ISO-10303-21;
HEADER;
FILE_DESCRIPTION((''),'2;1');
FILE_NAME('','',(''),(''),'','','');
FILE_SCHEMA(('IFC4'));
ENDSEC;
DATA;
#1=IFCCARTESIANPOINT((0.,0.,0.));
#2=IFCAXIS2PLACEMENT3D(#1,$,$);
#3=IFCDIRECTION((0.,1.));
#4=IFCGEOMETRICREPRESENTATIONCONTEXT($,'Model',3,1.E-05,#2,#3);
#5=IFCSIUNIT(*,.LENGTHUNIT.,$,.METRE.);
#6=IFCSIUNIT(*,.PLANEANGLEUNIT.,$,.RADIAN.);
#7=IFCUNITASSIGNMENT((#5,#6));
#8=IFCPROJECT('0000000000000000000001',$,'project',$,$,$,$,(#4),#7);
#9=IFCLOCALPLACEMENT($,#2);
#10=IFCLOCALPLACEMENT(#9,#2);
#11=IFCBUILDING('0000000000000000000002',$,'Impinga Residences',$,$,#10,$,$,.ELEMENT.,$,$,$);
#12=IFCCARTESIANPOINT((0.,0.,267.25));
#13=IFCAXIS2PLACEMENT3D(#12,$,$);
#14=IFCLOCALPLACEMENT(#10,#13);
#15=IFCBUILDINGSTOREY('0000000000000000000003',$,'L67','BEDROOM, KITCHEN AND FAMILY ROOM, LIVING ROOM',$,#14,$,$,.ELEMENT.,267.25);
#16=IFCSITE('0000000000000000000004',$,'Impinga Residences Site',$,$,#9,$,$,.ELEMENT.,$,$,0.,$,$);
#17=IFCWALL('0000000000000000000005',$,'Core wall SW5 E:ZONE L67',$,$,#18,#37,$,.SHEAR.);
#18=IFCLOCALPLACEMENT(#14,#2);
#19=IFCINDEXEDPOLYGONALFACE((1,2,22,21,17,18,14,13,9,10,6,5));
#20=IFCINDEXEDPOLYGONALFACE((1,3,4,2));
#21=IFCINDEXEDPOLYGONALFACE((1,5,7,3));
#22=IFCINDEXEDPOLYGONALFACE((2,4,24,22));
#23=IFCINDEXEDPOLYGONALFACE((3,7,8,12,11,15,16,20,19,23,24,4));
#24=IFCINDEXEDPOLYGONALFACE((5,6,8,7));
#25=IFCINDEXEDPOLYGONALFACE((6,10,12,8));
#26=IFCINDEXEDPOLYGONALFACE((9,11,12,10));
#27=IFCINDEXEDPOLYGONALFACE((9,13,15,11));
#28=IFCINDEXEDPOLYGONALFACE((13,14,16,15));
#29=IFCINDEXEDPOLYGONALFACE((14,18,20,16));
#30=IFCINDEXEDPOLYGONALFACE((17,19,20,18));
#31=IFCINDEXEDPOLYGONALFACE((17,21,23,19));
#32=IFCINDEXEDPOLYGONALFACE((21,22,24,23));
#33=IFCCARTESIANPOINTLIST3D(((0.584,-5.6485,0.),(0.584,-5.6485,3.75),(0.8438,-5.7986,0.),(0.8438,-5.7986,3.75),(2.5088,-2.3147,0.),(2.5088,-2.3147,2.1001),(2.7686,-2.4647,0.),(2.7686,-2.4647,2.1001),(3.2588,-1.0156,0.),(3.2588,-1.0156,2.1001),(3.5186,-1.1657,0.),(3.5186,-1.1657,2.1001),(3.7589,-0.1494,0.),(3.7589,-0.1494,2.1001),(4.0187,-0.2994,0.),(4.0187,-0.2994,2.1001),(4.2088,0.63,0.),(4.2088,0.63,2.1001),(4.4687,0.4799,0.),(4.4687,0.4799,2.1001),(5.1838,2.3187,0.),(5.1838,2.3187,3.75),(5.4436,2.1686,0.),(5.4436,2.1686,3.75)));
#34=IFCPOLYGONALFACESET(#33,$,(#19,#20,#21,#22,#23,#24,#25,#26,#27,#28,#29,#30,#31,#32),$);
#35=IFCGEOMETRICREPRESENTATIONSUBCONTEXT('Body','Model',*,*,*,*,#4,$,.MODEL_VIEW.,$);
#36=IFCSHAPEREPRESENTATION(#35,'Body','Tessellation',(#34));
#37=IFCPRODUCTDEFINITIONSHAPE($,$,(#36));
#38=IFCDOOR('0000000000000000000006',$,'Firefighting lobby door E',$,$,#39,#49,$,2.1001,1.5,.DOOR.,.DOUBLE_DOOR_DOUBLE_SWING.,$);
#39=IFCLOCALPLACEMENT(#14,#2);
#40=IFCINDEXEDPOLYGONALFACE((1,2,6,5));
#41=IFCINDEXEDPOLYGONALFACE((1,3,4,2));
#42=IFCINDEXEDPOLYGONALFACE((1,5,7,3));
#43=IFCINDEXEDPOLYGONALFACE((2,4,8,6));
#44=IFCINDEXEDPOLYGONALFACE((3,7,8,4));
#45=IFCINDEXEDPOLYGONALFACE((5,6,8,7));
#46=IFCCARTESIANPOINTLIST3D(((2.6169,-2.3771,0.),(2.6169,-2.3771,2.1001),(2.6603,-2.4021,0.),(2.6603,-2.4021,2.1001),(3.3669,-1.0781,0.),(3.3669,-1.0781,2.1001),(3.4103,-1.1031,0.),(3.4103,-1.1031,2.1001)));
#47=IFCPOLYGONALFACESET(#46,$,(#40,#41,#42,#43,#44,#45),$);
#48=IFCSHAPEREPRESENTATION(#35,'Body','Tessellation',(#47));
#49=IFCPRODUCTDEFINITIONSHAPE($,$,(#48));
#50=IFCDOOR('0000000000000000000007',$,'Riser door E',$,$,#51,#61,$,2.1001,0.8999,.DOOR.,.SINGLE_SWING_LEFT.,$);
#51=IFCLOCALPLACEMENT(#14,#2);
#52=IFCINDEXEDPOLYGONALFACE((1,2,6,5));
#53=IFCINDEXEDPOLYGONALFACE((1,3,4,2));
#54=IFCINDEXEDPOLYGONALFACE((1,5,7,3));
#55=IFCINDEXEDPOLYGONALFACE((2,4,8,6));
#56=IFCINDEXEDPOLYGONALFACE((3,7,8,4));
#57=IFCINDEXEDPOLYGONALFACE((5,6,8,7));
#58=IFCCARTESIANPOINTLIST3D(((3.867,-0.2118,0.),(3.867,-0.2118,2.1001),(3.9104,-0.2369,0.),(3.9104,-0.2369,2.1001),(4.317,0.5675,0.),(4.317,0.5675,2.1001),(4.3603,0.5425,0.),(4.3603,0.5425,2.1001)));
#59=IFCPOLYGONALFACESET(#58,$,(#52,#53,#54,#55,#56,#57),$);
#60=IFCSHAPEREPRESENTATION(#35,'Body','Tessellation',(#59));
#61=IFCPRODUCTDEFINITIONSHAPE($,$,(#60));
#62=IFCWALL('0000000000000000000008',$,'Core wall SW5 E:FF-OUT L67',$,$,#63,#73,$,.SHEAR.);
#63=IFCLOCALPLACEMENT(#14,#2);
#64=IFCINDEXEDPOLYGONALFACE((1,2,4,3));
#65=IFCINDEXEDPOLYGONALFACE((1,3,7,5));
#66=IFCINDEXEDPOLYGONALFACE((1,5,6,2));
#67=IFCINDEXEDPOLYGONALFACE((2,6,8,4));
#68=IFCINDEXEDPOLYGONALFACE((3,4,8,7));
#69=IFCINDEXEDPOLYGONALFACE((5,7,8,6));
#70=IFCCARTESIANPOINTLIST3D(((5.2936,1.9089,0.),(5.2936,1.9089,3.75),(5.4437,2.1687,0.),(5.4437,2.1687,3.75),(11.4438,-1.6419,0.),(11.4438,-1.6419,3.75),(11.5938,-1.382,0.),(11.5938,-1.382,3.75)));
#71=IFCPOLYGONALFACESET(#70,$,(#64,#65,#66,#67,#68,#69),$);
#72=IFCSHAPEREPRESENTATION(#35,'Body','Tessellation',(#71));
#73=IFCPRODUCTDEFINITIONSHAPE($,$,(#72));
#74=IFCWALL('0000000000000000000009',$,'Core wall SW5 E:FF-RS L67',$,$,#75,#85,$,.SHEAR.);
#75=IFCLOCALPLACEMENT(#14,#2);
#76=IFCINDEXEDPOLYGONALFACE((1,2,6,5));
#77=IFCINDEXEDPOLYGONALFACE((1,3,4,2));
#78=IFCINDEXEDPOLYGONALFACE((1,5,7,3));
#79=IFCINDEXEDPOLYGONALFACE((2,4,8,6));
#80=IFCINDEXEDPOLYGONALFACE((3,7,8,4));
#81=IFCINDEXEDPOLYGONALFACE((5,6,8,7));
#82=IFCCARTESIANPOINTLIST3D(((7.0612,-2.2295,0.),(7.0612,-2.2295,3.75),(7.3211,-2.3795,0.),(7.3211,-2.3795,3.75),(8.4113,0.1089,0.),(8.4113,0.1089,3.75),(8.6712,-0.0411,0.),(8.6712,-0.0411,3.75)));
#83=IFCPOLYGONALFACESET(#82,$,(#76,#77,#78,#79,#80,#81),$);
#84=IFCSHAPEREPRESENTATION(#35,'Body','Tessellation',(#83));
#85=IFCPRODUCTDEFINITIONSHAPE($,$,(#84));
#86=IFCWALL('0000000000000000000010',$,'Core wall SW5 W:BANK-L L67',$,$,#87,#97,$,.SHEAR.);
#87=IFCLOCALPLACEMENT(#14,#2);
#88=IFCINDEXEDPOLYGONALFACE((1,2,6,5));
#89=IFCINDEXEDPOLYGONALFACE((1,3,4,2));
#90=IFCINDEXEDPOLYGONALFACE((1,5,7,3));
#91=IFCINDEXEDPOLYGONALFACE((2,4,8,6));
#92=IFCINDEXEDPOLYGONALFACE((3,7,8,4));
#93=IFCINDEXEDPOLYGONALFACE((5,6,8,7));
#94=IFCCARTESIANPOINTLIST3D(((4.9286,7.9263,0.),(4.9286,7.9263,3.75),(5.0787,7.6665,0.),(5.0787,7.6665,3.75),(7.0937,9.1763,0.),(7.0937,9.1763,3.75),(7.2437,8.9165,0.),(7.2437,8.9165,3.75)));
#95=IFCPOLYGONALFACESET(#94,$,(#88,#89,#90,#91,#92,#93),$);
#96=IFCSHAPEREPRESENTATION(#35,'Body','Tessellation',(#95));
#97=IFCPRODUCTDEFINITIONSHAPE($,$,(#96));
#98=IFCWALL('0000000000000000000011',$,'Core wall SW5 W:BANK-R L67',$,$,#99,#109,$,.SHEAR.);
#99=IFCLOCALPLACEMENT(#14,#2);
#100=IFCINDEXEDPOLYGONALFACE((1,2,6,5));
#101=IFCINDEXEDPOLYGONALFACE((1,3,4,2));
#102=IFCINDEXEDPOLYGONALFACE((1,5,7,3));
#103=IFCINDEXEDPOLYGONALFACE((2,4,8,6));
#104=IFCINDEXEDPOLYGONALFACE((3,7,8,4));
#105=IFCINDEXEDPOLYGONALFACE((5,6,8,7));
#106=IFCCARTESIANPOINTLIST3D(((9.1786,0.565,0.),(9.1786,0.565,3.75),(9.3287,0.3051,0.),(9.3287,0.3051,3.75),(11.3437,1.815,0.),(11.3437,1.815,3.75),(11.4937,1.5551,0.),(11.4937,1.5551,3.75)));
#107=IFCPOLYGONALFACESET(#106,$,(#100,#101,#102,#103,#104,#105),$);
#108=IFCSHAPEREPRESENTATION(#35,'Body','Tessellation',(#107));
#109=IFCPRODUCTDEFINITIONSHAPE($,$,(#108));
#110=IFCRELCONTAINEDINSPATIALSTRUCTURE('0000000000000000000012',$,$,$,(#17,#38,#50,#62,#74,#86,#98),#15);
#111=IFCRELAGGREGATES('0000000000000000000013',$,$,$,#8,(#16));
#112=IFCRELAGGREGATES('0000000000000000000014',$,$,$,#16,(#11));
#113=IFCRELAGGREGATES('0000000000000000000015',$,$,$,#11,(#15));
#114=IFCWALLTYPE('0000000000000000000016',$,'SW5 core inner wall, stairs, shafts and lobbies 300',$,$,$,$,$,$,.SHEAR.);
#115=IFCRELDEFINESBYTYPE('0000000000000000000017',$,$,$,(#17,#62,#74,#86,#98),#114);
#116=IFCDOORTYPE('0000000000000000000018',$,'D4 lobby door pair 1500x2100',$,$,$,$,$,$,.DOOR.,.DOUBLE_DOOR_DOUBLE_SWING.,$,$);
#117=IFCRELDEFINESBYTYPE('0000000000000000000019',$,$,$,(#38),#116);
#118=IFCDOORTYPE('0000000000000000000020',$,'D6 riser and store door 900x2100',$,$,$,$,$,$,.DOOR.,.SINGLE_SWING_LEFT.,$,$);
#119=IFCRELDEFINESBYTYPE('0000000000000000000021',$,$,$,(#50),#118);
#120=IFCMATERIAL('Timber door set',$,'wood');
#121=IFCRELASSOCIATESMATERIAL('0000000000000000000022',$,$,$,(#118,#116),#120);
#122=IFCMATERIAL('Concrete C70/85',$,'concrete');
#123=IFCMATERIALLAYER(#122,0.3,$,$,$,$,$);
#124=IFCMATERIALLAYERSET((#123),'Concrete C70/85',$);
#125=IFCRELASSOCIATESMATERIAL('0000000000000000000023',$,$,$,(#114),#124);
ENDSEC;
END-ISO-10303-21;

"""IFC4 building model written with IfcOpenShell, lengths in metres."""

from ifc_helpers import new_model, si_unit, direction, frame, frame_2d, origin, place, context, subcontext, project, spatial, rectangle, extrude, material, layer, layer_set, type_object, element, fill, save


model = new_model("IFC4")

# Units and contexts
model_context = context("Model", 3, precision=1e-05, world=origin(), true_north=direction((0.0, 1.0)))
body_context = subcontext(model_context, "Body", "Model", "MODEL_VIEW")
ifc_project = project(units=[si_unit("LENGTHUNIT", "METRE"), si_unit("PLANEANGLEUNIT", "RADIAN")], contexts=[model_context])

# Site, building, storey
site_placement = place(None, origin())
site = spatial("IfcSite", under=ifc_project, at=site_placement, Name="Impinga Residences Site", CompositionType="ELEMENT", RefElevation=0.0)
building_placement = place(site_placement, origin())
building = spatial("IfcBuilding", under=site, at=building_placement, Name="Impinga Residences", CompositionType="ELEMENT")
storey_placement = place(building_placement, frame((0.0, 0.0, 267.25)))
storey = spatial("IfcBuildingStorey", under=building, at=storey_placement, Name="L67", Description="BEDROOM, KITCHEN AND FAMILY ROOM, LIVING ROOM", CompositionType="ELEMENT", Elevation=267.25)

# Shared definitions
ifc_material_1 = material(Name="Timber door set", Category="wood")
door_type_1 = type_object("IfcDoorType", Name="D6 riser and store door 900x2100", OperationType="SINGLE_SWING_LEFT", PredefinedType="DOOR", material=ifc_material_1)

# Wall, openings, doors
ifc_material_2 = material(Name="Concrete C70/85", Category="concrete")
ifc_layer_1 = layer(ifc_material_2, 0.3)
ifc_layer_set_1 = layer_set([ifc_layer_1], Name="Concrete C70/85")
wall_type_1 = type_object("IfcWallType", Name="SW5 core inner wall, stairs, shafts and lobbies 300", PredefinedType="SHEAR", material=ifc_layer_set_1)
wall_1_placement = place(storey_placement, frame((5.3137, 2.2437, 0.0), z_axis=(0.0, 0.0, 1.0), x_axis=(-0.499995, -0.866028, 0.0)))
wall_1 = element("IfcWall", 1, at=wall_1_placement, inside=storey, type_object=wall_type_1, Name="Core wall SW5 E:ZONE L67", PredefinedType="SHEAR", context=body_context, shape_type="SweptSolid", body=[
    extrude(rectangle(XDim=9.1997, YDim=0.3, at=frame_2d((4.5999, 0.0))), origin(), (0.0, 0.0, 1.0), 3.75),
])
opening_1_placement = place(wall_1_placement, frame((3.8501, 0.0, 0.0)))
opening_1 = element("IfcOpeningElement", 2, at=opening_1_placement, cuts=wall_1, PredefinedType="OPENING", context=body_context, shape_type="SweptSolid", body=[
    extrude(rectangle(XDim=1.5, YDim=2.1001, at=frame_2d((0.75, 1.05))), frame((0.0, 0.1599, 0.0), z_axis=(0.0, -1.0, 0.0), x_axis=(1.0, 0.0, 0.0)), (0.0, 0.0, 1.0), 0.3201),
])
opening_2_placement = place(wall_1_placement, frame((1.95, 0.0, 0.0)))
opening_2 = element("IfcOpeningElement", 3, at=opening_2_placement, cuts=wall_1, PredefinedType="OPENING", context=body_context, shape_type="SweptSolid", body=[
    extrude(rectangle(XDim=0.8999, YDim=2.1001, at=frame_2d((0.45, 1.05))), frame((0.0, 0.1599, 0.0), z_axis=(0.0, -1.0, 0.0), x_axis=(1.0, 0.0, 0.0)), (0.0, 0.0, 1.0), 0.3201),
])
door_type_2 = type_object("IfcDoorType", Name="D4 lobby door pair 1500x2100", OperationType="DOUBLE_DOOR_DOUBLE_SWING", PredefinedType="DOOR", material=ifc_material_1)
door_1_placement = place(opening_1_placement, origin())
door_1 = element("IfcDoor", 4, at=door_1_placement, inside=storey, type_object=door_type_2, Name="Firefighting lobby door E", OperationType="DOUBLE_DOOR_DOUBLE_SWING", OverallHeight=2.1001, OverallWidth=1.5, PredefinedType="DOOR", context=body_context, shape_type="SweptSolid", body=[
    extrude(rectangle(XDim=1.5, YDim=2.1001, at=frame_2d((0.75, 1.05))), frame((0.0, 0.0249, 0.0), z_axis=(0.0, -1.0, 0.0), x_axis=(1.0, 0.0, 0.0)), (0.0, 0.0, 1.0), 0.05),
])
fill(opening_1, door_1)
door_2_placement = place(opening_2_placement, origin())
door_2 = element("IfcDoor", 5, at=door_2_placement, inside=storey, type_object=door_type_1, Name="Riser door E", OperationType="SINGLE_SWING_LEFT", OverallHeight=2.1001, OverallWidth=0.8999, PredefinedType="DOOR", context=body_context, shape_type="SweptSolid", body=[
    extrude(rectangle(XDim=0.8999, YDim=2.1001, at=frame_2d((0.45, 1.05))), frame((0.0, 0.0249, 0.0), z_axis=(0.0, -1.0, 0.0), x_axis=(1.0, 0.0, 0.0)), (0.0, 0.0, 1.0), 0.05),
])
fill(opening_2, door_2)

# Walls
wall_2_placement = place(storey_placement, frame((5.3687, 2.0388, 0.0), z_axis=(0.0, 0.0, 1.0), x_axis=(0.866026, -0.499999, 0.0)))
element("IfcWall", 6, at=wall_2_placement, inside=storey, type_object=wall_type_1, Name="Core wall SW5 E:FF-OUT L67", PredefinedType="SHEAR", context=body_context, shape_type="SweptSolid", body=[
    extrude(rectangle(XDim=7.1016, YDim=0.3, at=frame_2d((3.5508, 0.0))), origin(), (0.0, 0.0, 1.0), 3.75),
])
wall_3_placement = place(storey_placement, frame((8.5413, 0.0339, 0.0), z_axis=(0.0, 0.0, 1.0), x_axis=(-0.500009, -0.86602, 0.0)))
element("IfcWall", 7, at=wall_3_placement, inside=storey, type_object=wall_type_1, Name="Core wall SW5 E:FF-RS L67", PredefinedType="SHEAR", context=body_context, shape_type="SweptSolid", body=[
    extrude(rectangle(XDim=2.7002, YDim=0.3, at=frame_2d((1.3501, 0.0))), origin(), (0.0, 0.0, 1.0), 3.75),
])
for number, where, z_axis, x_axis, name in (
    (8, (5.0037, 7.7964, 0.0), (0.0, 0.0, 1.0), (0.866023, 0.500004, 0.0), "Core wall SW5 W:BANK-L L67"),
    (9, (9.2537, 0.4351, 0.0), (0.0, 0.0, 1.0), (0.866023, 0.500004, 0.0), "Core wall SW5 W:BANK-R L67"),
):
    element("IfcWall", number, at=place(storey_placement, frame(where, z_axis=z_axis, x_axis=x_axis)), inside=storey, type_object=wall_type_1, Name=name, PredefinedType="SHEAR", context=body_context, shape_type="SweptSolid", body=[
        extrude(rectangle(XDim=2.5, YDim=0.3, at=frame_2d((1.25, 0.0))), origin(), (0.0, 0.0, 1.0), 3.75),
    ])

save(model, "model.ifc")
